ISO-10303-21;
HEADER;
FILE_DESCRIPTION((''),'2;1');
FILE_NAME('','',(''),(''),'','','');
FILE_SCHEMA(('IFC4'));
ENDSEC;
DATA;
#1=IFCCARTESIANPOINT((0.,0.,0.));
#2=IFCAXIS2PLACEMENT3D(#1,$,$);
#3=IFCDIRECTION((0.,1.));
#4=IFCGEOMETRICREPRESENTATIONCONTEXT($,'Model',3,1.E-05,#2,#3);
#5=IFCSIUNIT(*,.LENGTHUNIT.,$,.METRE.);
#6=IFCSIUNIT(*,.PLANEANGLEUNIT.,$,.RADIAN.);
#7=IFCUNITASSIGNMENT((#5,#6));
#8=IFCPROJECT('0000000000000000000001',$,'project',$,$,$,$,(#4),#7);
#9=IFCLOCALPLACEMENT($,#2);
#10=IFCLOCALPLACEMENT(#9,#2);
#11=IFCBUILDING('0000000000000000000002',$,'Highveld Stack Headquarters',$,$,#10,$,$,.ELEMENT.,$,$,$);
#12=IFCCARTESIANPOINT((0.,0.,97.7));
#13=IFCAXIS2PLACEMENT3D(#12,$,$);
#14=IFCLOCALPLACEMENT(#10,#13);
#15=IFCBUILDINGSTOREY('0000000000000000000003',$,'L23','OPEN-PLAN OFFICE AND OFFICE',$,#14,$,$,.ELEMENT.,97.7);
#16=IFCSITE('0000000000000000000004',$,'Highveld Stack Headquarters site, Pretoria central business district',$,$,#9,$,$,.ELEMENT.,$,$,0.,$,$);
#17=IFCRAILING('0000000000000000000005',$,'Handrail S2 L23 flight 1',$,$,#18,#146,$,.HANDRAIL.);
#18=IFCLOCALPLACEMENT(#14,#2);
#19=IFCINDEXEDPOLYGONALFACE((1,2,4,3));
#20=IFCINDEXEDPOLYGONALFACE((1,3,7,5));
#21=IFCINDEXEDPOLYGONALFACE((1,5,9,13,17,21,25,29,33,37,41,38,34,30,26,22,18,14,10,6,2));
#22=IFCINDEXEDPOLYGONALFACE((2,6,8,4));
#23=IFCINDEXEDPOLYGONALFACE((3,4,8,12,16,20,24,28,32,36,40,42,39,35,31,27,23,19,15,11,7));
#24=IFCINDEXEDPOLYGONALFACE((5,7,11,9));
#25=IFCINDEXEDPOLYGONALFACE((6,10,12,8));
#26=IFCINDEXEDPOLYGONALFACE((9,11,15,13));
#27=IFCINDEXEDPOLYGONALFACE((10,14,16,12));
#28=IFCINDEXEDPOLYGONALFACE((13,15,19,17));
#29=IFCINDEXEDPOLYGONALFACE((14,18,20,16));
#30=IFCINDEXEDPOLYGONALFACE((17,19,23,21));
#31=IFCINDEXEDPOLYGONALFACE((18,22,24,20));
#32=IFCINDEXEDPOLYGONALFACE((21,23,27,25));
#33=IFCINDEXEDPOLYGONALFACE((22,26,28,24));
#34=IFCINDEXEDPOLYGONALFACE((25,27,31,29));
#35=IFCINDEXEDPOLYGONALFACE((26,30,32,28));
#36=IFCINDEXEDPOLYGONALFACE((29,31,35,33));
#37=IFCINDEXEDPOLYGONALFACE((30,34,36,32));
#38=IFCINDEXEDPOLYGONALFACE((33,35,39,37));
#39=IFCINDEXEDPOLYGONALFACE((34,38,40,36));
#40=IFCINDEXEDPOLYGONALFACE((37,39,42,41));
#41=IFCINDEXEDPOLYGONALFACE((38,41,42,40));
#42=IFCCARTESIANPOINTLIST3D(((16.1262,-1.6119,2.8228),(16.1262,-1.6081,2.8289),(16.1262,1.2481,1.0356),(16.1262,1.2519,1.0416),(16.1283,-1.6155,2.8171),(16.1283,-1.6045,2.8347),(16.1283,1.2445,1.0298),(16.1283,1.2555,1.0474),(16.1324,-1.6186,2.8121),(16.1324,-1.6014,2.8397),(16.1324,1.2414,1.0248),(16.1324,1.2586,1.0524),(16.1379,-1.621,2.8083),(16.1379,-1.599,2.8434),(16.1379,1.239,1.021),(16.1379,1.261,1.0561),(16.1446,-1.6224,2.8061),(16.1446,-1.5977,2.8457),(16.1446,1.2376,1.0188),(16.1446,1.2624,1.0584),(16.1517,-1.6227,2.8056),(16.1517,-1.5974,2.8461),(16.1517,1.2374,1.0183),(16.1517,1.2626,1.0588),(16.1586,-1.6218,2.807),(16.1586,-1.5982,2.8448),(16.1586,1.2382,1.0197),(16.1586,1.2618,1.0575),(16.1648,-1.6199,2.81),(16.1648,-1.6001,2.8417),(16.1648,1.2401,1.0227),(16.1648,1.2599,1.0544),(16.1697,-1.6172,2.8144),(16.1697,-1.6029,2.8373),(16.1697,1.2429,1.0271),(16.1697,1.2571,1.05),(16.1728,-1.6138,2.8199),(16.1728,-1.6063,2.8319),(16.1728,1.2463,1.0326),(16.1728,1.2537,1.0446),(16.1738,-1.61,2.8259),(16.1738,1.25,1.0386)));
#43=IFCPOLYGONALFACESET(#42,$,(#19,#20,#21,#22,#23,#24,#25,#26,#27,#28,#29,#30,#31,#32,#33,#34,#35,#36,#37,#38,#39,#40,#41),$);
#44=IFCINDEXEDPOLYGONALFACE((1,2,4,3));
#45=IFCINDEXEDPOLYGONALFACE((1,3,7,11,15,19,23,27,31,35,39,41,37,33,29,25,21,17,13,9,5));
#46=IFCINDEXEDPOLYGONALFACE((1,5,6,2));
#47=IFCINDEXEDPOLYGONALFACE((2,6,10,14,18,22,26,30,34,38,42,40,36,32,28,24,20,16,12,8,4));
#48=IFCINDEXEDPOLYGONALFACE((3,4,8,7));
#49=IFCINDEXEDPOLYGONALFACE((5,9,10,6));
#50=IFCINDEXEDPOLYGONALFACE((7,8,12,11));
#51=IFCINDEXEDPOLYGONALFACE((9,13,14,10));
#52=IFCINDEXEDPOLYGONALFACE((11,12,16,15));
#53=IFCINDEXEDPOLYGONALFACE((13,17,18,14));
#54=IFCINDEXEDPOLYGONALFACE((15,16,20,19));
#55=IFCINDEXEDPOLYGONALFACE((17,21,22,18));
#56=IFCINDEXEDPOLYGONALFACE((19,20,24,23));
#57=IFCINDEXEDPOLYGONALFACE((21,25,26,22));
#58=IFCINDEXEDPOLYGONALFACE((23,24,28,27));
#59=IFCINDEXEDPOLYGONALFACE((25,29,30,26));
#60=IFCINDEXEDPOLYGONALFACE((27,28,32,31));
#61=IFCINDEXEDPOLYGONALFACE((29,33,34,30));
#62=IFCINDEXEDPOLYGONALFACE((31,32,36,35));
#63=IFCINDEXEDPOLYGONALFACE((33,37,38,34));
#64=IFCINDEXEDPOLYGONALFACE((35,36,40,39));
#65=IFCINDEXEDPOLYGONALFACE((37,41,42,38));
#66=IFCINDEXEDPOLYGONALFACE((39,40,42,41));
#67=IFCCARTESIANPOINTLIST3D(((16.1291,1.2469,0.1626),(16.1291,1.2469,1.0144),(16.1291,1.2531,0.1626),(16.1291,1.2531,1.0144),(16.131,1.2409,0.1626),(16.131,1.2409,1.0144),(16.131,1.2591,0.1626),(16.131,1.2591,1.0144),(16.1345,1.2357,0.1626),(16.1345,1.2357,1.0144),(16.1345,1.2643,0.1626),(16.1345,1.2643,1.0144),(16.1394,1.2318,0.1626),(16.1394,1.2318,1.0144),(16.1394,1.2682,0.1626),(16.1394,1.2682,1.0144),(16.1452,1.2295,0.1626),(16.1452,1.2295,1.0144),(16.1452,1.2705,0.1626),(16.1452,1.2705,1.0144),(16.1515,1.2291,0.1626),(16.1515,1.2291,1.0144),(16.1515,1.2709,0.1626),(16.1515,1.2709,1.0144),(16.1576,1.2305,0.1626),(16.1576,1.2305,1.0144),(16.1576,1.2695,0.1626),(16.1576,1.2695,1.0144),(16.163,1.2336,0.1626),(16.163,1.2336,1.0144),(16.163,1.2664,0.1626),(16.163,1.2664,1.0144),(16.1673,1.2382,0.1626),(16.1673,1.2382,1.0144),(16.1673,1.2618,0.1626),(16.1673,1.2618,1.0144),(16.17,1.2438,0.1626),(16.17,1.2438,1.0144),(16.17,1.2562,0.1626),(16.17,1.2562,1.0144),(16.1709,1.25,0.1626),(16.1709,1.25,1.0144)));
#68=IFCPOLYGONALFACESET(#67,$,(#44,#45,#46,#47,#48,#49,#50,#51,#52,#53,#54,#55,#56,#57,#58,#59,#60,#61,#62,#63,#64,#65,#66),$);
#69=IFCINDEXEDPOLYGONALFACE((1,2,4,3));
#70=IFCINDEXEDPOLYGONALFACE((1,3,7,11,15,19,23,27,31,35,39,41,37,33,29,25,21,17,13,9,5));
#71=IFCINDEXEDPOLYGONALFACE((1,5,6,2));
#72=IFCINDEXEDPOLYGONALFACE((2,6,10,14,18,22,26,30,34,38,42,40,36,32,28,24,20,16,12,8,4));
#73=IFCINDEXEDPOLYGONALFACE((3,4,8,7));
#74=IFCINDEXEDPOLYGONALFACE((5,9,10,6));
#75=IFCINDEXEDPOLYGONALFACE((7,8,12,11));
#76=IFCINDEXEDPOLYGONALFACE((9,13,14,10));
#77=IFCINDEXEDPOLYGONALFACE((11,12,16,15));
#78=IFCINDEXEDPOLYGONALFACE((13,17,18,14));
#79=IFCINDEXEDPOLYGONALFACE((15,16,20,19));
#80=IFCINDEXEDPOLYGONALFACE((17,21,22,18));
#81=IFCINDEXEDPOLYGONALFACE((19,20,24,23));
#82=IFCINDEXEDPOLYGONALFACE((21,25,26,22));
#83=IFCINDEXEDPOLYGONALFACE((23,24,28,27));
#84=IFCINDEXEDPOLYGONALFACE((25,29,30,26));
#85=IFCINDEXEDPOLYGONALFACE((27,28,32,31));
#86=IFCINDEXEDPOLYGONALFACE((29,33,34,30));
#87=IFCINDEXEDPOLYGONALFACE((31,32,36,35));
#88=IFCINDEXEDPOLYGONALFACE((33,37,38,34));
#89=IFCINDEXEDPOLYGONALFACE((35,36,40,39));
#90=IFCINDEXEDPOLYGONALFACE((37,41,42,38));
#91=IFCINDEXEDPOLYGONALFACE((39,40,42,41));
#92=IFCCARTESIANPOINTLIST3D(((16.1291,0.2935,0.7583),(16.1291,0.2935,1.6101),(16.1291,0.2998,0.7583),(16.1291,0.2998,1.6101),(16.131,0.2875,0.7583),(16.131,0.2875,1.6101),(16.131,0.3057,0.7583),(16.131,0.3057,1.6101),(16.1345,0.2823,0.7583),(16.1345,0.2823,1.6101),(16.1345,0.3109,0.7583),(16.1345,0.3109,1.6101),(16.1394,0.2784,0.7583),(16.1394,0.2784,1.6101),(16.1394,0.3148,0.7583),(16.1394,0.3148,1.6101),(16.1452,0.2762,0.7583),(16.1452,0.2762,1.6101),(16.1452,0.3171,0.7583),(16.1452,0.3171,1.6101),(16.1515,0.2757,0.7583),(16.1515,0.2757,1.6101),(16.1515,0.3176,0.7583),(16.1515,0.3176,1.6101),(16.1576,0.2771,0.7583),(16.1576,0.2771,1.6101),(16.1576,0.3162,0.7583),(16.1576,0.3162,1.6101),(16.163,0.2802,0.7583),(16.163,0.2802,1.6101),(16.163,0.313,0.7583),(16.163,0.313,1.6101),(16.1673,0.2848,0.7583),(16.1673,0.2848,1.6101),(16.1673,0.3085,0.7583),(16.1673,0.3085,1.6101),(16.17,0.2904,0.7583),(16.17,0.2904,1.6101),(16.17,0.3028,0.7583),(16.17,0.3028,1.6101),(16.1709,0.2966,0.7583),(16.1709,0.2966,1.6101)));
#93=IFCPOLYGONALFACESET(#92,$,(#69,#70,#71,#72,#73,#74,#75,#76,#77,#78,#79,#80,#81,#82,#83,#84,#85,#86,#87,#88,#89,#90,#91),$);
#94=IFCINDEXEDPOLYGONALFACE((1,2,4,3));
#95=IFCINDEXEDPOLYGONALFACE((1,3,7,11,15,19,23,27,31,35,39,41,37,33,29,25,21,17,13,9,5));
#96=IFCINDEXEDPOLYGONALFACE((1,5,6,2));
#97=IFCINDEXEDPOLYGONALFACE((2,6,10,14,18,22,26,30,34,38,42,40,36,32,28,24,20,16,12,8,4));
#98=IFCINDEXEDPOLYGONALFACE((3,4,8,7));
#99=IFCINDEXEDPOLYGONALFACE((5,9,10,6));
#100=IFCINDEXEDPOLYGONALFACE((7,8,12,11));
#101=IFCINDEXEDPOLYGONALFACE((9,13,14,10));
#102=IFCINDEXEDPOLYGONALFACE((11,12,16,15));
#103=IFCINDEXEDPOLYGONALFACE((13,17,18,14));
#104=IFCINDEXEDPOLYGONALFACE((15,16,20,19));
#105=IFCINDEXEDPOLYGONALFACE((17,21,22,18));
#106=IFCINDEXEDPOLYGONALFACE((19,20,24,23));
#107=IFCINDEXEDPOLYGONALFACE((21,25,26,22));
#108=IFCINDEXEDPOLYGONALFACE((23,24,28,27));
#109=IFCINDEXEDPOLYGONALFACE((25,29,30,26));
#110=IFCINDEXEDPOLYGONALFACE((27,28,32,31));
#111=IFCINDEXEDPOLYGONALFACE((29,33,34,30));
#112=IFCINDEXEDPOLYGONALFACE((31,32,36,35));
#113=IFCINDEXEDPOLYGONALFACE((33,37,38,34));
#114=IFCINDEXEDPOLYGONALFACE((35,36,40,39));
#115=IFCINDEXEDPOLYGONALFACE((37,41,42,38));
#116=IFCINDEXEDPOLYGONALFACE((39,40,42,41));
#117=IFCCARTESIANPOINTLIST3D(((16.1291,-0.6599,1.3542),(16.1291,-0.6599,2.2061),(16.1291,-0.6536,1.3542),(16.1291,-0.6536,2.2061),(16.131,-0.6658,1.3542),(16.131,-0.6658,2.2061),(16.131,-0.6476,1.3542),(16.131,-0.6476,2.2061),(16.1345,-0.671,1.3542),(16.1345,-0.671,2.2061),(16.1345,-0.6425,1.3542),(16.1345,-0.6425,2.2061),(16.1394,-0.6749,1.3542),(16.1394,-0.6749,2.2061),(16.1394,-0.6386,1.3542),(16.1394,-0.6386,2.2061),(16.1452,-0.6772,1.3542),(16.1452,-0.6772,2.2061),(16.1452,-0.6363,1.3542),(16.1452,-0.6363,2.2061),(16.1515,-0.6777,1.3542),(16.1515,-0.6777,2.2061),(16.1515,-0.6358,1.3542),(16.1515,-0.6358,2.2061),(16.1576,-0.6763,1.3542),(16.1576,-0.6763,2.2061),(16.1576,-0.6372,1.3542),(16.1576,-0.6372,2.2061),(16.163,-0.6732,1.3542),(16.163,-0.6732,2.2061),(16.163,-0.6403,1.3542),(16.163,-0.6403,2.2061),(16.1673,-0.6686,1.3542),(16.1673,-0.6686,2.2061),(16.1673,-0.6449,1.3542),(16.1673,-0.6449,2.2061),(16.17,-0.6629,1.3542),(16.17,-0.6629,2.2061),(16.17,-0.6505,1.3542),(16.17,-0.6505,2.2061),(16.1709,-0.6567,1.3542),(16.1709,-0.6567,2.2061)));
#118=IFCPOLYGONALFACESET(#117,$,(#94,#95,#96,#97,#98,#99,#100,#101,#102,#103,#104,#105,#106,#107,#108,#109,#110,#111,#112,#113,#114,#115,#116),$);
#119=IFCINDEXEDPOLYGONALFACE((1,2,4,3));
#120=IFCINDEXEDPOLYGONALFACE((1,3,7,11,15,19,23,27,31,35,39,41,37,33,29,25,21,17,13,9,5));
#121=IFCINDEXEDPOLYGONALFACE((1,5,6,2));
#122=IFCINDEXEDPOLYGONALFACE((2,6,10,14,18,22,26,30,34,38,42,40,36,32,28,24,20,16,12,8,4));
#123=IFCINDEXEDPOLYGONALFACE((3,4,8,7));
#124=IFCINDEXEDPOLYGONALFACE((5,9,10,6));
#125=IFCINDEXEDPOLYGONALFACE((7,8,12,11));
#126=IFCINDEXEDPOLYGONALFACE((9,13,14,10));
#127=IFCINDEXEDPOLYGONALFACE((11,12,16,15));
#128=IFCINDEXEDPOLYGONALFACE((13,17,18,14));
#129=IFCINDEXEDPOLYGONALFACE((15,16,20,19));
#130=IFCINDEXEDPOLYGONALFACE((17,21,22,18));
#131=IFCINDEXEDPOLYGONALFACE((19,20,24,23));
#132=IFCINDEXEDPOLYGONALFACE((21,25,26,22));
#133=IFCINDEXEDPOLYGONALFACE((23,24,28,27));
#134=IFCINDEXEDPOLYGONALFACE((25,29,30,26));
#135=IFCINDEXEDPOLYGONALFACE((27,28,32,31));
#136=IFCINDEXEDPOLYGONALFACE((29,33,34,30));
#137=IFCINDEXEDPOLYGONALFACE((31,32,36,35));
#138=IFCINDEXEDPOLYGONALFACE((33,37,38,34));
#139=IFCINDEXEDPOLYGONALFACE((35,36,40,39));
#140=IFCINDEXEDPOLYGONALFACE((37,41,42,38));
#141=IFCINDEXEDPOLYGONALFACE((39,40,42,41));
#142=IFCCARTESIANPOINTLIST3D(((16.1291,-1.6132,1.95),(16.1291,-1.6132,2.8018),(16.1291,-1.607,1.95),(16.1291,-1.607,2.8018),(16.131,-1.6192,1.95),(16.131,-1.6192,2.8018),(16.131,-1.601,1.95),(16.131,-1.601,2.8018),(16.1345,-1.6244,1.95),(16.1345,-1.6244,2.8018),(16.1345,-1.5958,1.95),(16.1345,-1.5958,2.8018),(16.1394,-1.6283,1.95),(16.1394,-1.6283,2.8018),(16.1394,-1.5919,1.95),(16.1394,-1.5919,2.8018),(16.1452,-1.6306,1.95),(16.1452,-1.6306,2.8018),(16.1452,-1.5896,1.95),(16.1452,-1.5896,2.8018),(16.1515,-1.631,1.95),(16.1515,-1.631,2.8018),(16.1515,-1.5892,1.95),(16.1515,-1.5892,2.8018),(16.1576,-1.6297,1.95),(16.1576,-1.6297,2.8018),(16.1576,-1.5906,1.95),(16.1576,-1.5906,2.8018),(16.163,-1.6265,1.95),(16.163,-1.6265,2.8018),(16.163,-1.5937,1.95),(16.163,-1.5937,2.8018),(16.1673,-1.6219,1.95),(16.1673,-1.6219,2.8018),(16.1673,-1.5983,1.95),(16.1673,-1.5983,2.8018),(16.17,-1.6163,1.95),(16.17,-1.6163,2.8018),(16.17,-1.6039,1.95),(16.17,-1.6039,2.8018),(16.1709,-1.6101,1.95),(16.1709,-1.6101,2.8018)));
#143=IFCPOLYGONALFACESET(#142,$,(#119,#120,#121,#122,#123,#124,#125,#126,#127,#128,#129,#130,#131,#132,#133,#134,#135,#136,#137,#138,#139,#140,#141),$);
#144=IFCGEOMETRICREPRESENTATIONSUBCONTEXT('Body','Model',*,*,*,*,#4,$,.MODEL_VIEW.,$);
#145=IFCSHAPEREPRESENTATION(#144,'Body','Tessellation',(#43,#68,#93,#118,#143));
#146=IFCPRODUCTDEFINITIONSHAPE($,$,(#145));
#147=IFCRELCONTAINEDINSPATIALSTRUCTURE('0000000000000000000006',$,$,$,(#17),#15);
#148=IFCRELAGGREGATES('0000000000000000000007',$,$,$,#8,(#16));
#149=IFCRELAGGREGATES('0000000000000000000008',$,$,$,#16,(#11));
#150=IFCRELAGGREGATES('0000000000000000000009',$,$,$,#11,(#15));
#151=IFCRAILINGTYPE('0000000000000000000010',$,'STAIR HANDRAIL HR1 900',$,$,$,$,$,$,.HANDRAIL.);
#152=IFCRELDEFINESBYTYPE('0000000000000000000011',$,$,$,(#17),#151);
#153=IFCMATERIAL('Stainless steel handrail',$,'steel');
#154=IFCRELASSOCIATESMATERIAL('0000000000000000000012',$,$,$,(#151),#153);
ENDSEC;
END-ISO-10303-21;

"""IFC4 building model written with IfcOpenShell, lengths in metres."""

from ifc_helpers import new_model, si_unit, direction, frame, origin, origin_2d, place, context, subcontext, project, spatial, circle, extrude, material, type_object, element, save


model = new_model("IFC4")

# Units and contexts
model_context = context("Model", 3, precision=1e-05, world=origin(), true_north=direction((0.0, 1.0)))
body_context = subcontext(model_context, "Body", "Model", "MODEL_VIEW")
ifc_project = project(units=[si_unit("LENGTHUNIT", "METRE"), si_unit("PLANEANGLEUNIT", "RADIAN")], contexts=[model_context])

# Site, building, storey
site_placement = place(None, origin())
site = spatial("IfcSite", under=ifc_project, at=site_placement, Name="Highveld Stack Headquarters site, Pretoria central business district", CompositionType="ELEMENT", RefElevation=0.0)
building_placement = place(site_placement, origin())
building = spatial("IfcBuilding", under=site, at=building_placement, Name="Highveld Stack Headquarters", CompositionType="ELEMENT")
storey_placement = place(building_placement, frame((0.0, 0.0, 97.7)))
storey = spatial("IfcBuildingStorey", under=building, at=storey_placement, Name="L23", Description="OPEN-PLAN OFFICE AND OFFICE", CompositionType="ELEMENT", Elevation=97.7)

# Railing
ifc_material_1 = material(Name="Stainless steel handrail", Category="steel")
railing_type = type_object("IfcRailingType", Name="STAIR HANDRAIL HR1 900", PredefinedType="HANDRAIL", material=ifc_material_1)
for number, where, name in (
    (1, (16.1499, 1.25, 0.1626), "Handrail S2 L23 flight 1"),
):
    element("IfcRailing", number, at=place(storey_placement, frame(where)), inside=storey, type_object=railing_type, Name=name, PredefinedType="HANDRAIL", context=body_context, shape_type="SweptSolid", body=[
        extrude(circle(Radius=0.0239, at=origin_2d()), frame((0.0, 0.0, 0.876), z_axis=(0.0, -0.848027, 0.529953), x_axis=(1.0, 0.0, 0.0)), (0.0, 0.0, 1.0), 3.3726),
        extrude(circle(Radius=0.021, at=origin_2d()), origin(), (0.0, 0.0, 1.0), 0.8518),
        extrude(circle(Radius=0.021, at=origin_2d()), frame((0.0, -0.9534, 0.5957)), (0.0, 0.0, 1.0), 0.8518),
        extrude(circle(Radius=0.021, at=origin_2d()), frame((0.0, -1.9067, 1.1917)), (0.0, 0.0, 1.0), 0.8518),
        extrude(circle(Radius=0.021, at=origin_2d()), frame((0.0, -2.8601, 1.7874)), (0.0, 0.0, 1.0), 0.8518),
    ])

save(model, "model.ifc")
